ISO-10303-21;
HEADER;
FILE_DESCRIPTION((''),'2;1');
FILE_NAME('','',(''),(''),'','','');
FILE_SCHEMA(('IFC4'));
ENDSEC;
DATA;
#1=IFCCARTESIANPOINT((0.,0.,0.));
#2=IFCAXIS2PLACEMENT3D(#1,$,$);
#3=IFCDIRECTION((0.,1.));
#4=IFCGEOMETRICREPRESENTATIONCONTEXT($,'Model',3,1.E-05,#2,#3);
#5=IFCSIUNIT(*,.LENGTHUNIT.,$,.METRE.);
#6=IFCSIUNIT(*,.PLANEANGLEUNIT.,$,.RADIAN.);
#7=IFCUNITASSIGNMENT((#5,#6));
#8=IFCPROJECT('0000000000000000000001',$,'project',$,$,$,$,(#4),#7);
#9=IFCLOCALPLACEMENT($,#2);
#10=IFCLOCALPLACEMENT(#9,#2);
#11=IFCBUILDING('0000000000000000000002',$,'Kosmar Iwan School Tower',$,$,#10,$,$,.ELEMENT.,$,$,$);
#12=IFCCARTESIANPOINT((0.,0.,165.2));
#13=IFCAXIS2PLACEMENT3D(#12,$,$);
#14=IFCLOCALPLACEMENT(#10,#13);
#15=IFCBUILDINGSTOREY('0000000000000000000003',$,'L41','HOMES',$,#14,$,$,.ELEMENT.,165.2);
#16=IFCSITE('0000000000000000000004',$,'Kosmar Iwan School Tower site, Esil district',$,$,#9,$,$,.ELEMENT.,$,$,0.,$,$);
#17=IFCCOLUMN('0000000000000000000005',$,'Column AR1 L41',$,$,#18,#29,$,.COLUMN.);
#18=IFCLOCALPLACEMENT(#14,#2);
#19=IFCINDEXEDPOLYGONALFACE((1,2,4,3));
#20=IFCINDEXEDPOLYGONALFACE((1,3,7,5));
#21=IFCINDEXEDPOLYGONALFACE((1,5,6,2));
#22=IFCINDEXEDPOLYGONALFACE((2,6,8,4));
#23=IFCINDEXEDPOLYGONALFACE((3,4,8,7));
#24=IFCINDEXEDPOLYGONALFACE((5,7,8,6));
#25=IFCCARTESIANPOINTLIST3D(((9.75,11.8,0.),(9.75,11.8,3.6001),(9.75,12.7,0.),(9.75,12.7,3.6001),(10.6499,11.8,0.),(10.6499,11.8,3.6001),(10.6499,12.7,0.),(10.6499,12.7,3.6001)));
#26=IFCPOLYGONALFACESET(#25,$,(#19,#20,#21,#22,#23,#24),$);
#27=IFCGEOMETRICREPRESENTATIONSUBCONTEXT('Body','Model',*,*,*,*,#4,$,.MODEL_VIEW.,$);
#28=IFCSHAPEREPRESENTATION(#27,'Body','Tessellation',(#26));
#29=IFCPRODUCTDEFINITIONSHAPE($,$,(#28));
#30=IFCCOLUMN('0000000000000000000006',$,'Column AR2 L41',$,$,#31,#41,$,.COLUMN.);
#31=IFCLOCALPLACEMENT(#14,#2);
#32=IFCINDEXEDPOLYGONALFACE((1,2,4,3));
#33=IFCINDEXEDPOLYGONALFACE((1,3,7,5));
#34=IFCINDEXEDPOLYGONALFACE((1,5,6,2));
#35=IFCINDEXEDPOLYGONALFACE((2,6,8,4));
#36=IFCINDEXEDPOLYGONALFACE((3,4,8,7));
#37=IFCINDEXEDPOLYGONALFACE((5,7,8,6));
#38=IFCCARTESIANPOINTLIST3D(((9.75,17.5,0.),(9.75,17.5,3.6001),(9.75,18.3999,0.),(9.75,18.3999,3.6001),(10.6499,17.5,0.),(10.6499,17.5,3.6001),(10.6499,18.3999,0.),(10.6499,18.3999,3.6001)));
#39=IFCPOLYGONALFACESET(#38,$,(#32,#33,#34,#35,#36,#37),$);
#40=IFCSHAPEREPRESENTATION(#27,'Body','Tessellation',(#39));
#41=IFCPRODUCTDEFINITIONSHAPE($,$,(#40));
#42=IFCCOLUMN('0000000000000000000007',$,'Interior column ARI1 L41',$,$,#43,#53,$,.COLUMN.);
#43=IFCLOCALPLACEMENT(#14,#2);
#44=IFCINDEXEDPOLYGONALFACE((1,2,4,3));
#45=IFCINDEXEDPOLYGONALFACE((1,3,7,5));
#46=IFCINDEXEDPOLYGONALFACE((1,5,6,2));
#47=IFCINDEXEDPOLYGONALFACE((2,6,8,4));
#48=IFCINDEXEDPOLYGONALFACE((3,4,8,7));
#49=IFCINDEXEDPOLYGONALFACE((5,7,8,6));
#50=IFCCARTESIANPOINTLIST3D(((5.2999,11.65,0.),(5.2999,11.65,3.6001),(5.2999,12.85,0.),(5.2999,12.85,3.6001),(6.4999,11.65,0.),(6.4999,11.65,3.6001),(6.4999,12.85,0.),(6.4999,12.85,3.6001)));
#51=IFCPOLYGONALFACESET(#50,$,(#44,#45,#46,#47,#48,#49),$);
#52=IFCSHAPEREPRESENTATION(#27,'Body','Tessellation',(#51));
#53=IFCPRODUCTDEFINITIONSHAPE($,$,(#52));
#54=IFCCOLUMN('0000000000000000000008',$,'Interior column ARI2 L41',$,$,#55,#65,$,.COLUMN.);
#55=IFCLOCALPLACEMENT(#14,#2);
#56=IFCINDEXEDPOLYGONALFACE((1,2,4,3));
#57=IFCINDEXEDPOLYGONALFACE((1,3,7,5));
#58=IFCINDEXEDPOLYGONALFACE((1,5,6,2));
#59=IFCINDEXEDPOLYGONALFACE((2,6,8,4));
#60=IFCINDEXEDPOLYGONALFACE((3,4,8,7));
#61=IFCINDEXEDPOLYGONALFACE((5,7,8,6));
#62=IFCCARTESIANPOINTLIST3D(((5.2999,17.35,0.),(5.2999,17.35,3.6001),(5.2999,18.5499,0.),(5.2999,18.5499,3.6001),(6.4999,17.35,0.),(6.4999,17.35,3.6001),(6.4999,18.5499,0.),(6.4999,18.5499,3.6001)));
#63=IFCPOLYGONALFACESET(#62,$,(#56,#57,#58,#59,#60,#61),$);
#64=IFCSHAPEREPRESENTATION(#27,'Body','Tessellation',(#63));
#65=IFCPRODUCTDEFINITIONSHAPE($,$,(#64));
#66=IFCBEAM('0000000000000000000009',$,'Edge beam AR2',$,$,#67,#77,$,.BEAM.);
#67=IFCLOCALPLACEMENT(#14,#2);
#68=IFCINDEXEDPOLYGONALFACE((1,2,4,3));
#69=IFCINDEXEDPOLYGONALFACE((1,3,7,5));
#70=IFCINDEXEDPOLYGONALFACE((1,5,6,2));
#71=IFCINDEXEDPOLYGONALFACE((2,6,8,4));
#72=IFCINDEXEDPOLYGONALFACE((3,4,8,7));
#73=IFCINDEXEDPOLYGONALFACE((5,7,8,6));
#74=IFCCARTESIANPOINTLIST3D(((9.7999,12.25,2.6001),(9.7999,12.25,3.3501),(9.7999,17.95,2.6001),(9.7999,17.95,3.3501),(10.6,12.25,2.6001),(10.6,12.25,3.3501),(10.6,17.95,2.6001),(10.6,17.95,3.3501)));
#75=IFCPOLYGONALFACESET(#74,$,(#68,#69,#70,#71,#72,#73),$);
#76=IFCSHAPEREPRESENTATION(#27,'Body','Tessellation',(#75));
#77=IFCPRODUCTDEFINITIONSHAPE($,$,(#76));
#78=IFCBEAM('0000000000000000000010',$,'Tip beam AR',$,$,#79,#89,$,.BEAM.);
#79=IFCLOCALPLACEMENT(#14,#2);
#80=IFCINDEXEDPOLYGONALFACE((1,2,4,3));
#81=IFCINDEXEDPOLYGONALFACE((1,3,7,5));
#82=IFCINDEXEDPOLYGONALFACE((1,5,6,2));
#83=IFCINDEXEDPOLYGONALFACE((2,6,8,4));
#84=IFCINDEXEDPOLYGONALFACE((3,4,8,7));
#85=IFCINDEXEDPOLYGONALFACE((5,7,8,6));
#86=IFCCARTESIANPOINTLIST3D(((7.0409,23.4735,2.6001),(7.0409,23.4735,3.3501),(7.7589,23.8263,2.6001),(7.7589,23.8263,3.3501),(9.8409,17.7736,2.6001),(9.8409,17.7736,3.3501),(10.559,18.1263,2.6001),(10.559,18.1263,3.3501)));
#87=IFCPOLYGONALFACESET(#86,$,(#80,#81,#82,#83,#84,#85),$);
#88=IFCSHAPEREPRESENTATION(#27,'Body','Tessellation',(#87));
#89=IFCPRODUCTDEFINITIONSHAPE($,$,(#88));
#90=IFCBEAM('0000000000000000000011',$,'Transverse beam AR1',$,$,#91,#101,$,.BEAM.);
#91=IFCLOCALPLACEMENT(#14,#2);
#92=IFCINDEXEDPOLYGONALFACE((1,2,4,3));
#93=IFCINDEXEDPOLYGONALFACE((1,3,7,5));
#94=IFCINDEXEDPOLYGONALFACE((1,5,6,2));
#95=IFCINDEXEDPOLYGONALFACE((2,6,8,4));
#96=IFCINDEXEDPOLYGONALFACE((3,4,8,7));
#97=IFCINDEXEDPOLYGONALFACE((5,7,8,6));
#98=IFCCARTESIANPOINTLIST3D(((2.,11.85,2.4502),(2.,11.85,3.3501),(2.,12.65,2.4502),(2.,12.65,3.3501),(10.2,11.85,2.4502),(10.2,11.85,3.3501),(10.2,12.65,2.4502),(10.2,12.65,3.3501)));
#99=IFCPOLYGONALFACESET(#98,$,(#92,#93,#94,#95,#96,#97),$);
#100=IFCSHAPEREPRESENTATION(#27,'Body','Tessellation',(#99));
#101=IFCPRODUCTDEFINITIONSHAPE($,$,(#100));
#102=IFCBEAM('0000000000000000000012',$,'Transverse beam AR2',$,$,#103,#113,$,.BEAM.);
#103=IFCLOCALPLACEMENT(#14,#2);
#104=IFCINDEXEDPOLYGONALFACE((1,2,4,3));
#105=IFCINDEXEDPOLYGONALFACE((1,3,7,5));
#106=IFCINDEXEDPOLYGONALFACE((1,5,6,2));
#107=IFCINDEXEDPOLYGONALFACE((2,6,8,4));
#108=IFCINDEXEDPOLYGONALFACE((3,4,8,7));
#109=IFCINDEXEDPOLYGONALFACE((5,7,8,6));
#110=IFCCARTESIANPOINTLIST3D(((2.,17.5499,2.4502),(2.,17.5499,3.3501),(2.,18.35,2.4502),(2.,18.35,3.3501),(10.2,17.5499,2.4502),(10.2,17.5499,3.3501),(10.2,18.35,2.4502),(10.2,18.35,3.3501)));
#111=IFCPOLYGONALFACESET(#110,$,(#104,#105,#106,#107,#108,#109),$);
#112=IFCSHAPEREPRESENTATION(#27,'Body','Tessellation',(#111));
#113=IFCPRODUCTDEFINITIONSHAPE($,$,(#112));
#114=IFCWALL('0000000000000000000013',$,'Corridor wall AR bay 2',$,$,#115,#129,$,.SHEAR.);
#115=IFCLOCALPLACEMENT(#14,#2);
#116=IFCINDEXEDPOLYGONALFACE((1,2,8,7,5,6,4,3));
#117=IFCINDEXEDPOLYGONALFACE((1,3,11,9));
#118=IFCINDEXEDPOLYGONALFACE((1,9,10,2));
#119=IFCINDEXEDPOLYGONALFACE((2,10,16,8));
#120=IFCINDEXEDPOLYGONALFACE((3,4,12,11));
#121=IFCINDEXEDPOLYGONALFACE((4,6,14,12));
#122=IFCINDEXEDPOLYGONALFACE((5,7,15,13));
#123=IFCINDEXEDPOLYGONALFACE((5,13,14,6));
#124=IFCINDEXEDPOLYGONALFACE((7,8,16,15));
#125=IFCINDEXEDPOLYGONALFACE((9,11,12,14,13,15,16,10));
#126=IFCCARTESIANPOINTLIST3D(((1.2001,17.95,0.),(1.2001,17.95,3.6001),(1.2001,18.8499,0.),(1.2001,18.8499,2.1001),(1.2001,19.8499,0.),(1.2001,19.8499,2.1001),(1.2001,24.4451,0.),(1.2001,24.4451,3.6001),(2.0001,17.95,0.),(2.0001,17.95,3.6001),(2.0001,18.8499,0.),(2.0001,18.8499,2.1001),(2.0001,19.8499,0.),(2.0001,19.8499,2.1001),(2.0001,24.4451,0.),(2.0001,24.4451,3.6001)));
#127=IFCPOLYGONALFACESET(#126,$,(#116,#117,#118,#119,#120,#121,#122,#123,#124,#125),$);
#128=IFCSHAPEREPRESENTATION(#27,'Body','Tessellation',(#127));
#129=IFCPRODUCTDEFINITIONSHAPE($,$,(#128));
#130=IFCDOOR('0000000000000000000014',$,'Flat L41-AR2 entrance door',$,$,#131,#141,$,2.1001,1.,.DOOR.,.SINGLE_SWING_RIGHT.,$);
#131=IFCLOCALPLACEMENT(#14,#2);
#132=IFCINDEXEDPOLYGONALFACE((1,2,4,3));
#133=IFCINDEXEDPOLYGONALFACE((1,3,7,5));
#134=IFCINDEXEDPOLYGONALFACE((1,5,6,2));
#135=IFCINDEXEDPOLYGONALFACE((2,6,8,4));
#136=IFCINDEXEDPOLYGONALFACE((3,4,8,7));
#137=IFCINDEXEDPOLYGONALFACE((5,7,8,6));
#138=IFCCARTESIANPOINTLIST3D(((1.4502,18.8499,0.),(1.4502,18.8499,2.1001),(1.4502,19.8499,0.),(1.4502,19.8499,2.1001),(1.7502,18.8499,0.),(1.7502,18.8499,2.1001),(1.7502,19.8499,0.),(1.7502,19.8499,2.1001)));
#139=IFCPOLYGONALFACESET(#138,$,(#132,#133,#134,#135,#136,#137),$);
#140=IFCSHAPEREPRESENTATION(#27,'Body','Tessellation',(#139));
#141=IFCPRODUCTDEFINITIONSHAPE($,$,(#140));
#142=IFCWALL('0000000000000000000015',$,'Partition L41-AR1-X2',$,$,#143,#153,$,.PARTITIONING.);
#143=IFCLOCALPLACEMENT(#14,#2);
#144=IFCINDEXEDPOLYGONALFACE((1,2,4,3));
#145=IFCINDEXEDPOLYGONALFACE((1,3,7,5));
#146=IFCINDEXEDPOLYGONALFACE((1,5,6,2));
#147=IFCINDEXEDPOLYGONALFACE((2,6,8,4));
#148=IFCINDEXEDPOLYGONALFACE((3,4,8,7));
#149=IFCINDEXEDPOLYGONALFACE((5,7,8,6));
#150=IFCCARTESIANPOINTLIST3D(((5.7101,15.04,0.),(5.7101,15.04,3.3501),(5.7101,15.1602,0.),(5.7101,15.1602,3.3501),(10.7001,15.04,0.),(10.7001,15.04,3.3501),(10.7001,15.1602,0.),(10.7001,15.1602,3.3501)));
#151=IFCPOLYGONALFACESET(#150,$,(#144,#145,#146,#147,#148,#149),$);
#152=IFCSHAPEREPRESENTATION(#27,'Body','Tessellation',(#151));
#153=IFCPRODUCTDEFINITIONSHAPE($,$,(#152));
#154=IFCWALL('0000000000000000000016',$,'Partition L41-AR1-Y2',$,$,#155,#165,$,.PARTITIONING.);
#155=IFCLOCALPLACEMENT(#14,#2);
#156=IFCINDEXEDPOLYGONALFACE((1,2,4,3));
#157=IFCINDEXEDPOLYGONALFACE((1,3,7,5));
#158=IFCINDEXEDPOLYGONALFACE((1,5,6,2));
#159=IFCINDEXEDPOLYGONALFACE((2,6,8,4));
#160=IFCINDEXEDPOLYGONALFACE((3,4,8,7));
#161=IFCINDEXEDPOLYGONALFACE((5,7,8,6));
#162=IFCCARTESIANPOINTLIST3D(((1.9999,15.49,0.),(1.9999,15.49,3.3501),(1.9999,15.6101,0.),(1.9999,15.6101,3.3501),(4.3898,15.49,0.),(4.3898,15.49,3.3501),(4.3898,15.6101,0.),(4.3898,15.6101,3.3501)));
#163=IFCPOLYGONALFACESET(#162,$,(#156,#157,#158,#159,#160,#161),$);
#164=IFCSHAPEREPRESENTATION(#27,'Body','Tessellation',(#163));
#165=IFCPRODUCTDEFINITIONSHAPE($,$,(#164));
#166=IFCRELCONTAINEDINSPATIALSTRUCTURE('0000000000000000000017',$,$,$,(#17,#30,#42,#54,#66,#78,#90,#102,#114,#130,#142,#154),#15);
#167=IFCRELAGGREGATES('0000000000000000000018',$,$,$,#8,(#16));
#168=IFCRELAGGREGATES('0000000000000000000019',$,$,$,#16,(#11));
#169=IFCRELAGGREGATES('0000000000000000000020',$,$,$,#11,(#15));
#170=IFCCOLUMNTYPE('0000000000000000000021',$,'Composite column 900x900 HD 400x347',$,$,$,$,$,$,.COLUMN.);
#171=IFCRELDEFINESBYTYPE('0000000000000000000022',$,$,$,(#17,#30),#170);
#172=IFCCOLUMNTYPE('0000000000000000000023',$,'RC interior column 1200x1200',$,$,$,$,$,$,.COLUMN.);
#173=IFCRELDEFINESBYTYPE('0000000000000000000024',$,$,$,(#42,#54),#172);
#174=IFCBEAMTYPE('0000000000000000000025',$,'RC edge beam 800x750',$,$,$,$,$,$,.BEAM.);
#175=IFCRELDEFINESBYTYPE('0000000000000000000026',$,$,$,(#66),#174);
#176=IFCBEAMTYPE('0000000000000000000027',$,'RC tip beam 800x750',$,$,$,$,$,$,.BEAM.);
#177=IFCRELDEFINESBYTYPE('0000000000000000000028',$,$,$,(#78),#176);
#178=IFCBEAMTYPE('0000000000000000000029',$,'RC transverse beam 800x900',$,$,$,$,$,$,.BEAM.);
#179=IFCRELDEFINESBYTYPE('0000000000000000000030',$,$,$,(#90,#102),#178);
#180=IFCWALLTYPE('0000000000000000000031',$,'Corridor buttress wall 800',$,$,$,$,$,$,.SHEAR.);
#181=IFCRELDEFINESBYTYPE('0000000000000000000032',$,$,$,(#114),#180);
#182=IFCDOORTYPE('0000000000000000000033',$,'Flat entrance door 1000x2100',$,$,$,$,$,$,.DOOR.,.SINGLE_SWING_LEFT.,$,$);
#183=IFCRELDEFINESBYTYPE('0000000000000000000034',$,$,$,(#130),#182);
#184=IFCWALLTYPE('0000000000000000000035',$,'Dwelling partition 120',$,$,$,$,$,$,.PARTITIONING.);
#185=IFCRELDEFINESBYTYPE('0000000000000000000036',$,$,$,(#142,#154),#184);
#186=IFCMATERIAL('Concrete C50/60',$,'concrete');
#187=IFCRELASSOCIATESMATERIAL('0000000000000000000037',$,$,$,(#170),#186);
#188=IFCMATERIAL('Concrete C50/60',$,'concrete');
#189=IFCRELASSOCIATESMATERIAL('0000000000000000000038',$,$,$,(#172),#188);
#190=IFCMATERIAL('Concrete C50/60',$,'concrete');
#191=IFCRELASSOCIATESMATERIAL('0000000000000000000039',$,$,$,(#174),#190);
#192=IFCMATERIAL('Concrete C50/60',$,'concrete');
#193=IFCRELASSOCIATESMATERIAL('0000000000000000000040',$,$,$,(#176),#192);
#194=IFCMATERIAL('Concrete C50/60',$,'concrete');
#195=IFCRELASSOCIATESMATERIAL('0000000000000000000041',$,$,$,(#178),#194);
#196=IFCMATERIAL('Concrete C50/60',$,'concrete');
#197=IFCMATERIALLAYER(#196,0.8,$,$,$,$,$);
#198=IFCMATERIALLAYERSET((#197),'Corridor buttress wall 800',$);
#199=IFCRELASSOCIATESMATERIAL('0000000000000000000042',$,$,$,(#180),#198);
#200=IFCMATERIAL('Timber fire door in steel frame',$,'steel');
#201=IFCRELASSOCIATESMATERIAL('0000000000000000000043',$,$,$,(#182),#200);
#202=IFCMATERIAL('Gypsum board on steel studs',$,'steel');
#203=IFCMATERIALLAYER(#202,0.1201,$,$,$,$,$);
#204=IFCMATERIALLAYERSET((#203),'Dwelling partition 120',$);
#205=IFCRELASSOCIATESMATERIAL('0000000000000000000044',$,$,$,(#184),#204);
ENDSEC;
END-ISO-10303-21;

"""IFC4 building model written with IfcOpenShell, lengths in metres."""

from ifc_helpers import new_model, si_unit, direction, frame, frame_2d, origin, origin_2d, place, context, subcontext, project, spatial, rectangle, extrude, material, layer, layer_set, material_profile, profile_set, type_object, element, fill, save


model = new_model("IFC4")

# Units and contexts
model_context = context("Model", 3, precision=1e-05, world=origin(), true_north=direction((0.0, 1.0)))
body_context = subcontext(model_context, "Body", "Model", "MODEL_VIEW")
ifc_project = project(units=[si_unit("LENGTHUNIT", "METRE"), si_unit("PLANEANGLEUNIT", "RADIAN")], contexts=[model_context])

# Site, building, storey
site_placement = place(None, origin())
site = spatial("IfcSite", under=ifc_project, at=site_placement, Name="Kosmar Iwan School Tower site, Esil district", CompositionType="ELEMENT", RefElevation=0.0)
building_placement = place(site_placement, origin())
building = spatial("IfcBuilding", under=site, at=building_placement, Name="Kosmar Iwan School Tower", CompositionType="ELEMENT")
storey_placement = place(building_placement, frame((0.0, 0.0, 165.2)))
storey = spatial("IfcBuildingStorey", under=building, at=storey_placement, Name="L41", Description="HOMES", CompositionType="ELEMENT", Elevation=165.2)

# Columns
ifc_material_1 = material(Name="Concrete C50/60", Category="concrete")
ifc_material_profile_1 = material_profile(ifc_material_1, rectangle(XDim=0.8999, YDim=0.8999, at=origin_2d()), Name="RC 900x900 + HD 400x347")
ifc_profile_set_1 = profile_set([ifc_material_profile_1], Name="Concrete C50/60")
column_type_1 = type_object("IfcColumnType", Name="Composite column 900x900 HD 400x347", PredefinedType="COLUMN", material=ifc_profile_set_1)
for number, where, z_axis, x_axis, name in (
    (1, (10.2, 12.25, 0.0), (0.0, 0.0, 1.0), (0.0, 1.0, 0.0), "Column AR1 L41"),
    (2, (10.2, 17.95, 0.0), (0.0, 0.0, 1.0), (0.0, 1.0, 0.0), "Column AR2 L41"),
):
    element("IfcColumn", number, at=place(storey_placement, frame(where, z_axis=z_axis, x_axis=x_axis)), inside=storey, type_object=column_type_1, Name=name, PredefinedType="COLUMN", context=body_context, shape_type="SweptSolid", body=[
        extrude(rectangle(XDim=0.8999, YDim=0.8999, at=origin_2d()), origin(), (0.0, 0.0, 1.0), 3.6001),
    ])
ifc_material_2 = material(Name="Concrete C50/60", Category="concrete")
ifc_material_profile_2 = material_profile(ifc_material_2, rectangle(XDim=1.2, YDim=1.2, at=origin_2d()), Name="RC 1200x1200")
ifc_profile_set_2 = profile_set([ifc_material_profile_2], Name="Concrete C50/60")
column_type_2 = type_object("IfcColumnType", Name="RC interior column 1200x1200", PredefinedType="COLUMN", material=ifc_profile_set_2)
for number, where, z_axis, x_axis, name in (
    (3, (5.8999, 12.25, 0.0), (0.0, 0.0, 1.0), (0.0, 1.0, 0.0), "Interior column ARI1 L41"),
    (4, (5.8999, 17.95, 0.0), (0.0, 0.0, 1.0), (0.0, 1.0, 0.0), "Interior column ARI2 L41"),
):
    element("IfcColumn", number, at=place(storey_placement, frame(where, z_axis=z_axis, x_axis=x_axis)), inside=storey, type_object=column_type_2, Name=name, PredefinedType="COLUMN", context=body_context, shape_type="SweptSolid", body=[
        extrude(rectangle(XDim=1.2, YDim=1.2, at=origin_2d()), origin(), (0.0, 0.0, 1.0), 3.6001),
    ])

# Beams
ifc_material_3 = material(Name="Concrete C50/60", Category="concrete")
ifc_material_profile_3 = material_profile(ifc_material_3, rectangle(XDim=0.8, YDim=0.75, at=origin_2d()), Name="RC 800x750")
ifc_profile_set_3 = profile_set([ifc_material_profile_3], Name="Concrete C50/60")
beam_type_1 = type_object("IfcBeamType", Name="RC edge beam 800x750", PredefinedType="BEAM", material=ifc_profile_set_3)
beam_1_placement = place(storey_placement, frame((10.2, 12.25, 2.9751), z_axis=(0.0, 1.0, 0.0), x_axis=(-1.0, 0.0, 0.0)))
element("IfcBeam", 5, at=beam_1_placement, inside=storey, type_object=beam_type_1, Name="Edge beam AR2", PredefinedType="BEAM", context=body_context, shape_type="SweptSolid", body=[
    extrude(rectangle(XDim=0.8, YDim=0.75, at=origin_2d()), origin(), (0.0, 0.0, 1.0), 5.7),
])
ifc_material_4 = material(Name="Concrete C50/60", Category="concrete")
ifc_material_profile_4 = material_profile(ifc_material_4, rectangle(XDim=0.8, YDim=0.75, at=origin_2d()), Name="RC 800x750")
ifc_profile_set_4 = profile_set([ifc_material_profile_4], Name="Concrete C50/60")
beam_type_2 = type_object("IfcBeamType", Name="RC tip beam 800x750", PredefinedType="BEAM", material=ifc_profile_set_4)
beam_2_placement = place(storey_placement, frame((10.2, 17.95, 2.9751), z_axis=(-0.440913, 0.89755, 0.0), x_axis=(-0.89755, -0.440913, 0.0)))
element("IfcBeam", 6, at=beam_2_placement, inside=storey, type_object=beam_type_2, Name="Tip beam AR", PredefinedType="BEAM", context=body_context, shape_type="SweptSolid", body=[
    extrude(rectangle(XDim=0.8, YDim=0.75, at=origin_2d()), origin(), (0.0, 0.0, 1.0), 6.3506),
])
ifc_material_5 = material(Name="Concrete C50/60", Category="concrete")
ifc_material_profile_5 = material_profile(ifc_material_5, rectangle(XDim=0.8, YDim=0.8999, at=origin_2d()), Name="RC 800x900")
ifc_profile_set_5 = profile_set([ifc_material_profile_5], Name="Concrete C50/60")
beam_type_3 = type_object("IfcBeamType", Name="RC transverse beam 800x900", PredefinedType="BEAM", material=ifc_profile_set_5)
for number, where, z_axis, x_axis, name in (
    (7, (10.2, 12.25, 2.9001), (-1.0, 0.0, 0.0), (0.0, -1.0, 0.0), "Transverse beam AR1"),
    (8, (10.2, 17.95, 2.9001), (-1.0, 0.0, 0.0), (0.0, -1.0, 0.0), "Transverse beam AR2"),
):
    element("IfcBeam", number, at=place(storey_placement, frame(where, z_axis=z_axis, x_axis=x_axis)), inside=storey, type_object=beam_type_3, Name=name, PredefinedType="BEAM", context=body_context, shape_type="SweptSolid", body=[
        extrude(rectangle(XDim=0.8, YDim=0.8999, at=origin_2d()), origin(), (0.0, 0.0, 1.0), 8.2),
    ])

# Wall, opening, door
ifc_material_6 = material(Name="Concrete C50/60", Category="concrete")
ifc_layer_1 = layer(ifc_material_6, 0.8)
ifc_layer_set_1 = layer_set([ifc_layer_1], Name="Corridor buttress wall 800")
wall_type_1 = type_object("IfcWallType", Name="Corridor buttress wall 800", PredefinedType="SHEAR", material=ifc_layer_set_1)
wall_1_placement = place(storey_placement, frame((1.6001, 17.95, 0.0), z_axis=(0.0, 0.0, 1.0), x_axis=(0.0, 1.0, 0.0)))
wall_1 = element("IfcWall", 9, at=wall_1_placement, inside=storey, type_object=wall_type_1, Name="Corridor wall AR bay 2", PredefinedType="SHEAR", context=body_context, shape_type="SweptSolid", body=[
    extrude(rectangle(XDim=6.4951, YDim=0.8, at=frame_2d((3.2476, 0.0))), origin(), (0.0, 0.0, 1.0), 3.6001),
])
opening_1_placement = place(wall_1_placement, frame((0.8999, 0.0, 0.0)))
opening_1 = element("IfcOpeningElement", 10, at=opening_1_placement, cuts=wall_1, PredefinedType="OPENING", context=body_context, shape_type="SweptSolid", body=[
    extrude(rectangle(XDim=1.0, YDim=2.1001, at=frame_2d((0.5, 1.05))), frame((0.0, 0.4121, 0.0), z_axis=(0.0, -1.0, 0.0), x_axis=(1.0, 0.0, 0.0)), (0.0, 0.0, 1.0), 0.824),
])
ifc_material_7 = material(Name="Timber fire door in steel frame", Category="steel")
door_type_1 = type_object("IfcDoorType", Name="Flat entrance door 1000x2100", OperationType="SINGLE_SWING_LEFT", PredefinedType="DOOR", material=ifc_material_7)
door_1_placement = place(opening_1_placement, origin())
door_1 = element("IfcDoor", 11, at=door_1_placement, inside=storey, type_object=door_type_1, Name="Flat L41-AR2 entrance door", OperationType="SINGLE_SWING_RIGHT", OverallHeight=2.1001, OverallWidth=1.0, PredefinedType="DOOR", context=body_context, shape_type="SweptSolid", body=[
    extrude(rectangle(XDim=1.0, YDim=2.1001, at=frame_2d((0.5, 1.05))), frame((0.0, 0.1499, 0.0), z_axis=(0.0, -1.0, 0.0), x_axis=(1.0, 0.0, 0.0)), (0.0, 0.0, 1.0), 0.3),
])
fill(opening_1, door_1)

# Walls
ifc_material_8 = material(Name="Gypsum board on steel studs", Category="steel")
ifc_layer_2 = layer(ifc_material_8, 0.1201)
ifc_layer_set_2 = layer_set([ifc_layer_2], Name="Dwelling partition 120")
wall_type_2 = type_object("IfcWallType", Name="Dwelling partition 120", PredefinedType="PARTITIONING", material=ifc_layer_set_2)
wall_2_placement = place(storey_placement, frame((5.71, 15.1001, 0.0), z_axis=(0.0, 0.0, 1.0), x_axis=(1.0, 0.0, 0.0)))
element("IfcWall", 12, at=wall_2_placement, inside=storey, type_object=wall_type_2, Name="Partition L41-AR1-X2", PredefinedType="PARTITIONING", context=body_context, shape_type="SweptSolid", body=[
    extrude(rectangle(XDim=4.99, YDim=0.1201, at=frame_2d((2.4951, 0.0))), origin(), (0.0, 0.0, 1.0), 3.3501),
])
wall_3_placement = place(storey_placement, frame((2.0, 15.55, 0.0), z_axis=(0.0, 0.0, 1.0), x_axis=(1.0, 0.0, 0.0)))
element("IfcWall", 13, at=wall_3_placement, inside=storey, type_object=wall_type_2, Name="Partition L41-AR1-Y2", PredefinedType="PARTITIONING", context=body_context, shape_type="SweptSolid", body=[
    extrude(rectangle(XDim=2.3899, YDim=0.1201, at=frame_2d((1.1948, 0.0))), origin(), (0.0, 0.0, 1.0), 3.3501),
])

save(model, "model.ifc")
